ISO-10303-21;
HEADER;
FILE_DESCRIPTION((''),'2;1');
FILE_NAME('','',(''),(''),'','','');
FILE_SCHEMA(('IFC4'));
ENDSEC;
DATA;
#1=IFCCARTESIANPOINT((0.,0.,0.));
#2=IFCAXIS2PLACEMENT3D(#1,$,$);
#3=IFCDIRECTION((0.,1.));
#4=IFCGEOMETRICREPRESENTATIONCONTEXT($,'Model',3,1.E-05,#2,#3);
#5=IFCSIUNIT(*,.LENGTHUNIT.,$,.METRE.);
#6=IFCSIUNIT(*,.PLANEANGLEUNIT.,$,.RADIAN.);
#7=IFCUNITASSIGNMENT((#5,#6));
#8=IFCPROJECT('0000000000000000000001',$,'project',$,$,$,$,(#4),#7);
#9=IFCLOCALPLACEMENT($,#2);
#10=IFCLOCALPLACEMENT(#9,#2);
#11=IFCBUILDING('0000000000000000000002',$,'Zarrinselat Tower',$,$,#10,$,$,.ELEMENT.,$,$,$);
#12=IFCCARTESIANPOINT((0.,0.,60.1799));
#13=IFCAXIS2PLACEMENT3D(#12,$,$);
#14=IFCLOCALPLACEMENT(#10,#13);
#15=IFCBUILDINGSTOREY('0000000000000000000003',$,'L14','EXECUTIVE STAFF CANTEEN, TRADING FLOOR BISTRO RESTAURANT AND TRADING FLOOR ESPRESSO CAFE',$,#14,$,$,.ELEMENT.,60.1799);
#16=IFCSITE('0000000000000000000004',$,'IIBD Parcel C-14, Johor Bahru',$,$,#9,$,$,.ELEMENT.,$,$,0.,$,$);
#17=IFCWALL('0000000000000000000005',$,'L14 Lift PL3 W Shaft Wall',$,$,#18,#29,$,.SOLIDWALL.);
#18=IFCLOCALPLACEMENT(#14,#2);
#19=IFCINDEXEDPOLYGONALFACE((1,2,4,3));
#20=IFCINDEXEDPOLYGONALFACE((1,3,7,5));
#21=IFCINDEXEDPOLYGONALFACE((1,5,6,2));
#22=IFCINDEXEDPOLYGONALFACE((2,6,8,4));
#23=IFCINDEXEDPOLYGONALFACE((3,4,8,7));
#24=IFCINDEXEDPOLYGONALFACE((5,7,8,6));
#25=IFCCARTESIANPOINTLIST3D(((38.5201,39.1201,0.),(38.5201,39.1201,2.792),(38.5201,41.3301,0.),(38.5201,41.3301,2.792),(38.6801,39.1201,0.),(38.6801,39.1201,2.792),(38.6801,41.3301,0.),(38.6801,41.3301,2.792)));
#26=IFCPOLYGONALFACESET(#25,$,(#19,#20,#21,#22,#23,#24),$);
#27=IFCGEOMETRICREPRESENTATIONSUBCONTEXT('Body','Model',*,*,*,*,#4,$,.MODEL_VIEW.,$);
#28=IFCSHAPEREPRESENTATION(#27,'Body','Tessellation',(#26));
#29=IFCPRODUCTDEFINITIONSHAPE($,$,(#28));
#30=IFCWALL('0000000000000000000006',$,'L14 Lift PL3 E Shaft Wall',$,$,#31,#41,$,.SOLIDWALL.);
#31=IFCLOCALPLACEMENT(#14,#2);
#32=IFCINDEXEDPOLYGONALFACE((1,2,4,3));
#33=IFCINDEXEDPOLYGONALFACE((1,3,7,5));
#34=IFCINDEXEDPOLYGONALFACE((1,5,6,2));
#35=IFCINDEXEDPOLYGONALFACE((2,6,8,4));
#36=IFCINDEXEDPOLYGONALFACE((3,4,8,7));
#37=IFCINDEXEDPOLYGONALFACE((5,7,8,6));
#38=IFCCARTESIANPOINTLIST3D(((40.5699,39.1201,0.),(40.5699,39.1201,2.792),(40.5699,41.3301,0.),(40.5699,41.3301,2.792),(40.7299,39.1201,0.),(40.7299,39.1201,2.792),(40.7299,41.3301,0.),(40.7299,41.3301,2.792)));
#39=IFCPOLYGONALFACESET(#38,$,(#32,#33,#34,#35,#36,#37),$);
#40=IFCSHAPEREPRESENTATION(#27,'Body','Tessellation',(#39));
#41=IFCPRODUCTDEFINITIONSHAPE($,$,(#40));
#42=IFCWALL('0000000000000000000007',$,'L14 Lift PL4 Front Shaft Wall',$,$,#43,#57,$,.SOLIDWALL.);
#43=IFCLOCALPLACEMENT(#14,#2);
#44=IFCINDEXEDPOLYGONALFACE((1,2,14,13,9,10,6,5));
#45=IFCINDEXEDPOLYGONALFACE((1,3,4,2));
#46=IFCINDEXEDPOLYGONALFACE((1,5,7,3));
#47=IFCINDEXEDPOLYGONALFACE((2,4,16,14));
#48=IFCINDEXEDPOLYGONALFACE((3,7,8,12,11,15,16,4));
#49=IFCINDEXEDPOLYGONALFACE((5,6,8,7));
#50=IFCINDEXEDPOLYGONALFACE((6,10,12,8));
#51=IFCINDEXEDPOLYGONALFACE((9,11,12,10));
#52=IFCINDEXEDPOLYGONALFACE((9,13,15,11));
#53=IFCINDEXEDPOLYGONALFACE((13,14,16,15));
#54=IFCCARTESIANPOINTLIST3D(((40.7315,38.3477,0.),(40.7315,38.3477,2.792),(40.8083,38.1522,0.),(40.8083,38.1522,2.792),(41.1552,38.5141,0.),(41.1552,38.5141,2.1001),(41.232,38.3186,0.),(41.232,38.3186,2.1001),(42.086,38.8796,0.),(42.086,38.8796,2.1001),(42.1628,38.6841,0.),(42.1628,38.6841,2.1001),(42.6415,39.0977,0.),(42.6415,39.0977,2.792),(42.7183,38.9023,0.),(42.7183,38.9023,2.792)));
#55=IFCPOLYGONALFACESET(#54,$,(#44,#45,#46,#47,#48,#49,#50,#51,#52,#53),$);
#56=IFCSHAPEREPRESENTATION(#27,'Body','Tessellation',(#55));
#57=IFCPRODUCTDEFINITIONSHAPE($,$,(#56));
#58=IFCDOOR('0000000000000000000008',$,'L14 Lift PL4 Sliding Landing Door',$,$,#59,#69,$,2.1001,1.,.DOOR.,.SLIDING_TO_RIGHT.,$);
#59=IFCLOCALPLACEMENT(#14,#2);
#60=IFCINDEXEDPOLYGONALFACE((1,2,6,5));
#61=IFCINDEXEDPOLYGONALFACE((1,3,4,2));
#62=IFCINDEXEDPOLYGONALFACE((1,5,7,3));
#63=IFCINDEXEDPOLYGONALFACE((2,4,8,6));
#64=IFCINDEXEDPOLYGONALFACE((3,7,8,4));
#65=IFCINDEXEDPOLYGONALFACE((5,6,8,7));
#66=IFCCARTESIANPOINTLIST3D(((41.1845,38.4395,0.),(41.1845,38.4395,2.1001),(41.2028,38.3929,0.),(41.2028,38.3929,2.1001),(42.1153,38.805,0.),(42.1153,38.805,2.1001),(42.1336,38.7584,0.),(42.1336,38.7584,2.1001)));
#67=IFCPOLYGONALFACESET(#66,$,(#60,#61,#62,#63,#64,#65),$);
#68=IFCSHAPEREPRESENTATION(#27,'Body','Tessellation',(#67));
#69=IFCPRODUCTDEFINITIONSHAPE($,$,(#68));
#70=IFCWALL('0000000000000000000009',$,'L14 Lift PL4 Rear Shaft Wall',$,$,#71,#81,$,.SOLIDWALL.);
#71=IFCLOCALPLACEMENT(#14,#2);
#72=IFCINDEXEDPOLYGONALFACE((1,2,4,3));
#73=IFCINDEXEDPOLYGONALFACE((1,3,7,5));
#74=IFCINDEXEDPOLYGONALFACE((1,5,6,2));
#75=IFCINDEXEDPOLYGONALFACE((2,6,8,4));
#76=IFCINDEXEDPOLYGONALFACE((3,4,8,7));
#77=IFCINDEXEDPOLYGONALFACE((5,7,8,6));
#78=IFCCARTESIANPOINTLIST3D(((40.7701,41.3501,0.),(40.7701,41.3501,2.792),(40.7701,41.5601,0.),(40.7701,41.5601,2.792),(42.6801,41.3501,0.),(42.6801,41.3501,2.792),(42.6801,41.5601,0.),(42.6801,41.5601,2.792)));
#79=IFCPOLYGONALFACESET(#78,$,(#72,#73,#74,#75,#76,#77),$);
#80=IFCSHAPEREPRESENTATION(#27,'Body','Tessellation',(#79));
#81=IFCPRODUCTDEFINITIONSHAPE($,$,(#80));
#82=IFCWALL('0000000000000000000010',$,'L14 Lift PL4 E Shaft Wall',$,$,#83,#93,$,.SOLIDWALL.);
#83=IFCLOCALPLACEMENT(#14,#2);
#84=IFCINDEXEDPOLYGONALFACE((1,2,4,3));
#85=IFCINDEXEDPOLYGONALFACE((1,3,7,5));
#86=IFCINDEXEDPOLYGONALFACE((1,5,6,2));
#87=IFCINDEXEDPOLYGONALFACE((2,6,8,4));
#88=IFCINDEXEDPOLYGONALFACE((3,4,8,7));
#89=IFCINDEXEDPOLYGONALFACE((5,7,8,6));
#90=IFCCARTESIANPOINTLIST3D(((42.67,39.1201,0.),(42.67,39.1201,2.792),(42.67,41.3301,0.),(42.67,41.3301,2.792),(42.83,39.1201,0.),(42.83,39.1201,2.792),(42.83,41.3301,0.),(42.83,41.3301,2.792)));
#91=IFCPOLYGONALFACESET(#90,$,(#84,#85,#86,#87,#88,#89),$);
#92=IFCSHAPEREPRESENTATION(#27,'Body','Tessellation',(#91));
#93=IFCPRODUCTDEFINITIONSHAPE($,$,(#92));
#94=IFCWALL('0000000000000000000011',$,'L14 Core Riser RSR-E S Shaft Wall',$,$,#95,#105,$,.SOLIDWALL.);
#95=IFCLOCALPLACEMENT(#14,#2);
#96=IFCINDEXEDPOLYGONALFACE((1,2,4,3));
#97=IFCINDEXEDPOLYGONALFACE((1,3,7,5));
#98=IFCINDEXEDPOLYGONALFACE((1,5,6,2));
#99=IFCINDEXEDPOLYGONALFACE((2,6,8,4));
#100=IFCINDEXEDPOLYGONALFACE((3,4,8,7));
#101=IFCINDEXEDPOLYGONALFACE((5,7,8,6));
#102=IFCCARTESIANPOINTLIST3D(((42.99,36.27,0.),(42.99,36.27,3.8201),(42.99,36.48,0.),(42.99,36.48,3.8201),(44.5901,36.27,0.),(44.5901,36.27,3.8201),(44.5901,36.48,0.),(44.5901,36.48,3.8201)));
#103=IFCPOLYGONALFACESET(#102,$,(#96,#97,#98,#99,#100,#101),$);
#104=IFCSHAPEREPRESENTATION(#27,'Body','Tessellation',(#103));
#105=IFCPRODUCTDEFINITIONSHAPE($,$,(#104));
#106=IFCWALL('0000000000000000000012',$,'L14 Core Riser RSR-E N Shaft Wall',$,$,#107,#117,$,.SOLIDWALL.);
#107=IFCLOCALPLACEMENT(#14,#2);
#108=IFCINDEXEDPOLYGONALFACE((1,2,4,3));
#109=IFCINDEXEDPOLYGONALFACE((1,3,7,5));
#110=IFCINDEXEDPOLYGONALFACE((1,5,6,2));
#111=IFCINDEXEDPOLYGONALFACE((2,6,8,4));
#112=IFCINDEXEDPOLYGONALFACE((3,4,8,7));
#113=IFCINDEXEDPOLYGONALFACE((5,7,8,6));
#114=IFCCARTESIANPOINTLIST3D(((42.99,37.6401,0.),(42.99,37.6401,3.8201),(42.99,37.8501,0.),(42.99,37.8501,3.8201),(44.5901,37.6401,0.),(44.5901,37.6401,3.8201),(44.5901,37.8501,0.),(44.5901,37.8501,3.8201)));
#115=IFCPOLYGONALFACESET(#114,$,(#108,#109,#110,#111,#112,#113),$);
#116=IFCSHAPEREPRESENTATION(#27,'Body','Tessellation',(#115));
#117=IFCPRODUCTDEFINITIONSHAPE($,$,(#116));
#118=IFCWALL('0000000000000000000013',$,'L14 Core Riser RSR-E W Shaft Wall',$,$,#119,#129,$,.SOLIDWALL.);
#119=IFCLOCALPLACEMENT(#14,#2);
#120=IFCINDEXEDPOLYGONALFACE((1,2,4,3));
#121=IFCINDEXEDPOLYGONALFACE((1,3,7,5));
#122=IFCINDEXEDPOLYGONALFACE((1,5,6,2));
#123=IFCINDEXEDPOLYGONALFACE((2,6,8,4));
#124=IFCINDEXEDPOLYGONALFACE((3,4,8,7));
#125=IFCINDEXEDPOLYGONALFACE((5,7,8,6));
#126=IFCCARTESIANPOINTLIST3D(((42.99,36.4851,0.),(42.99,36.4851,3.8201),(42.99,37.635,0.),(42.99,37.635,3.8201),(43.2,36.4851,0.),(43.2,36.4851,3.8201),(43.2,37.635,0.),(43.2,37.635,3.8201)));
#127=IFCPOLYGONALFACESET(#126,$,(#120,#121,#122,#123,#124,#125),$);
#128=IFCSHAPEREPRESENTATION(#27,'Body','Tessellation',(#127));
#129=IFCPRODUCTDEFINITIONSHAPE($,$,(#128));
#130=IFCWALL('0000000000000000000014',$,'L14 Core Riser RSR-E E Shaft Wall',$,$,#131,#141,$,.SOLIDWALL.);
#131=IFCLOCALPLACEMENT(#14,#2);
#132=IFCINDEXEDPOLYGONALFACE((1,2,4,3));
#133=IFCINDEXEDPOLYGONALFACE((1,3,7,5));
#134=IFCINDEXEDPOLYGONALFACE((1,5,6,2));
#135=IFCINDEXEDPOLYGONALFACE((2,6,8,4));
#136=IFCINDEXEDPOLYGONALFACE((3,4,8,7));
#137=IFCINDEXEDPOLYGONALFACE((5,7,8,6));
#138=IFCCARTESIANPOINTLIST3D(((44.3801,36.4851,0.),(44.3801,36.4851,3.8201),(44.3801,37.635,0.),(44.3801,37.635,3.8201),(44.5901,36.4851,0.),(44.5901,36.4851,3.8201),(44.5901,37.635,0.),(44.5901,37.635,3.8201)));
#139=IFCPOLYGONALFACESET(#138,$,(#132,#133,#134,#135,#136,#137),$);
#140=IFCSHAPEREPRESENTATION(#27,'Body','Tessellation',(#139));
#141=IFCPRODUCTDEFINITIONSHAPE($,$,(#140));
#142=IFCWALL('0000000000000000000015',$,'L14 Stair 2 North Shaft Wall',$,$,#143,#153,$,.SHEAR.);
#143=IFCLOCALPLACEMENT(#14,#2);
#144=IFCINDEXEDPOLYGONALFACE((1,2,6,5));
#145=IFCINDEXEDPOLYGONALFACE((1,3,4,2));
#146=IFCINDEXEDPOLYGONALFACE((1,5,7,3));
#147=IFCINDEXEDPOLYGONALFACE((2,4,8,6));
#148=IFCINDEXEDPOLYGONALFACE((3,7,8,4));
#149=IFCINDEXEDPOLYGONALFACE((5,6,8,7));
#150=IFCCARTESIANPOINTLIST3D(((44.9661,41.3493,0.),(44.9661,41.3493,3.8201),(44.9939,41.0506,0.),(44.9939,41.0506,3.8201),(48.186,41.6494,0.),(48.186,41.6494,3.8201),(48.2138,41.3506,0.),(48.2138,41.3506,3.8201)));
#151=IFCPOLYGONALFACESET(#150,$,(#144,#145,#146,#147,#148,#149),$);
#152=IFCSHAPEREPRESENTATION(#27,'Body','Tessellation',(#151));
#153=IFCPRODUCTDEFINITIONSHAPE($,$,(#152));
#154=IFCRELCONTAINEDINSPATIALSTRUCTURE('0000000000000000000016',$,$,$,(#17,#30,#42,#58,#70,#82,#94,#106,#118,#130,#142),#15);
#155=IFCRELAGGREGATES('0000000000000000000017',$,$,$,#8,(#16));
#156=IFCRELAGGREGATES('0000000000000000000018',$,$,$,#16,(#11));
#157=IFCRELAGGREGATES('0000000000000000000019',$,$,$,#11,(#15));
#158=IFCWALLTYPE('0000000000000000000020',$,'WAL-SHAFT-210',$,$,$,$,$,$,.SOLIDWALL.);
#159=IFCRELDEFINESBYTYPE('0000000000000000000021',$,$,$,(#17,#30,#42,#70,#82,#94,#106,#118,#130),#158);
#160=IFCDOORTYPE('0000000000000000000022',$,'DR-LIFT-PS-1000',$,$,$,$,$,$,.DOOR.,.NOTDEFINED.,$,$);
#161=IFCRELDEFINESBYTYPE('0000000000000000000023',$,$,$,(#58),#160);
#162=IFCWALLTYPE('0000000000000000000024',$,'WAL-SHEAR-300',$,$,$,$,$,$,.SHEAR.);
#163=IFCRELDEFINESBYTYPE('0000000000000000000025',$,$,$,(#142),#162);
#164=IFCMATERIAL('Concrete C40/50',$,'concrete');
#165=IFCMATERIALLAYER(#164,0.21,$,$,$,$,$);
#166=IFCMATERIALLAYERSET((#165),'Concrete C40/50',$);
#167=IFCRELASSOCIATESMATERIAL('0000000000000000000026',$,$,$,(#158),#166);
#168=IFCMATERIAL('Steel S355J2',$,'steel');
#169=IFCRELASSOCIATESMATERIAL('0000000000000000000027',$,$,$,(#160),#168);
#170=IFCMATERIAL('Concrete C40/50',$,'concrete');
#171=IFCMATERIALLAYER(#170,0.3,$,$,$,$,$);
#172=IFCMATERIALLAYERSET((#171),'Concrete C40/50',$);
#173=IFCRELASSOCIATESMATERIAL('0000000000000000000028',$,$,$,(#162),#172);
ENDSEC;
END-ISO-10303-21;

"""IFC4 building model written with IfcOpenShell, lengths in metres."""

from ifc_helpers import new_model, si_unit, direction, frame, frame_2d, origin, place, context, subcontext, project, spatial, rectangle, extrude, material, layer, layer_set, type_object, element, fill, save


model = new_model("IFC4")

# Units and contexts
model_context = context("Model", 3, precision=1e-05, world=origin(), true_north=direction((0.0, 1.0)))
body_context = subcontext(model_context, "Body", "Model", "MODEL_VIEW")
ifc_project = project(units=[si_unit("LENGTHUNIT", "METRE"), si_unit("PLANEANGLEUNIT", "RADIAN")], contexts=[model_context])

# Site, building, storey
site_placement = place(None, origin())
site = spatial("IfcSite", under=ifc_project, at=site_placement, Name="IIBD Parcel C-14, Johor Bahru", CompositionType="ELEMENT", RefElevation=0.0)
building_placement = place(site_placement, origin())
building = spatial("IfcBuilding", under=site, at=building_placement, Name="Zarrinselat Tower", CompositionType="ELEMENT")
storey_placement = place(building_placement, frame((0.0, 0.0, 60.1799)))
storey = spatial("IfcBuildingStorey", under=building, at=storey_placement, Name="L14", Description="EXECUTIVE STAFF CANTEEN, TRADING FLOOR BISTRO RESTAURANT AND TRADING FLOOR ESPRESSO CAFE", CompositionType="ELEMENT", Elevation=60.1799)

# Shared definitions
ifc_material_1 = material(Name="Concrete C40/50", Category="concrete")
ifc_layer_1 = layer(ifc_material_1, 0.21)
ifc_layer_set_1 = layer_set([ifc_layer_1], Name="Concrete C40/50")
wall_type_1 = type_object("IfcWallType", Name="WAL-SHAFT-210", PredefinedType="SOLIDWALL", material=ifc_layer_set_1)

# Shared definitions
ifc_material_2 = material(Name="Steel S355J2", Category="steel")
door_type_1 = type_object("IfcDoorType", Name="DR-LIFT-PS-1000", OperationType="NOTDEFINED", PredefinedType="DOOR", material=ifc_material_2)

# Walls
for number, where, z_axis, x_axis, name in (
    (1, (38.6001, 39.1201, 0.0), (0.0, 0.0, 1.0), (0.0, 1.0, 0.0), "L14 Lift PL3 W Shaft Wall"),
    (2, (40.6499, 39.1201, 0.0), (0.0, 0.0, 1.0), (0.0, 1.0, 0.0), "L14 Lift PL3 E Shaft Wall"),
):
    element("IfcWall", number, at=place(storey_placement, frame(where, z_axis=z_axis, x_axis=x_axis)), inside=storey, type_object=wall_type_1, Name=name, PredefinedType="SOLIDWALL", context=body_context, shape_type="SweptSolid", body=[
        extrude(rectangle(XDim=2.21, YDim=0.1599, at=frame_2d((1.105, 0.0))), origin(), (0.0, 0.0, 1.0), 2.792),
    ])

# Wall, opening, door
wall_1_placement = place(storey_placement, frame((40.77, 38.25, 0.0), z_axis=(0.0, 0.0, 1.0), x_axis=(0.930805, 0.365516, 0.0)))
wall_1 = element("IfcWall", 3, at=wall_1_placement, inside=storey, type_object=wall_type_1, Name="L14 Lift PL4 Front Shaft Wall", PredefinedType="SOLIDWALL", context=body_context, shape_type="SweptSolid", body=[
    extrude(rectangle(XDim=2.052, YDim=0.21, at=frame_2d((1.0259, 0.0))), origin(), (0.0, 0.0, 1.0), 2.792),
])
opening_1_placement = place(wall_1_placement, frame((0.4551, 0.0, 0.0)))
opening_1 = element("IfcOpeningElement", 4, at=opening_1_placement, cuts=wall_1, PredefinedType="OPENING", context=body_context, shape_type="SweptSolid", body=[
    extrude(rectangle(XDim=1.0, YDim=2.1001, at=frame_2d((0.5, 1.05))), frame((0.0, 0.115, 0.0), z_axis=(0.0, -1.0, 0.0), x_axis=(1.0, 0.0, 0.0)), (0.0, 0.0, 1.0), 0.23),
])
door_1_placement = place(opening_1_placement, origin())
door_1 = element("IfcDoor", 5, at=door_1_placement, inside=storey, type_object=door_type_1, Name="L14 Lift PL4 Sliding Landing Door", OperationType="SLIDING_TO_RIGHT", OverallHeight=2.1001, OverallWidth=1.0, PredefinedType="DOOR", context=body_context, shape_type="SweptSolid", body=[
    extrude(rectangle(XDim=1.0, YDim=2.1001, at=frame_2d((0.5, 1.05))), frame((0.0, 0.0249, 0.0), z_axis=(0.0, -1.0, 0.0), x_axis=(1.0, 0.0, 0.0)), (0.0, 0.0, 1.0), 0.05),
])
fill(opening_1, door_1)

# Walls
wall_2_placement = place(storey_placement, frame((40.77, 41.4551, 0.0), z_axis=(0.0, 0.0, 1.0), x_axis=(1.0, 0.0, 0.0)))
element("IfcWall", 6, at=wall_2_placement, inside=storey, type_object=wall_type_1, Name="L14 Lift PL4 Rear Shaft Wall", PredefinedType="SOLIDWALL", context=body_context, shape_type="SweptSolid", body=[
    extrude(rectangle(XDim=1.9099, YDim=0.21, at=frame_2d((0.9551, 0.0))), origin(), (0.0, 0.0, 1.0), 2.792),
])
wall_3_placement = place(storey_placement, frame((42.75, 39.1201, 0.0), z_axis=(0.0, 0.0, 1.0), x_axis=(0.0, 1.0, 0.0)))
element("IfcWall", 7, at=wall_3_placement, inside=storey, type_object=wall_type_1, Name="L14 Lift PL4 E Shaft Wall", PredefinedType="SOLIDWALL", context=body_context, shape_type="SweptSolid", body=[
    extrude(rectangle(XDim=2.21, YDim=0.1599, at=frame_2d((1.105, 0.0))), origin(), (0.0, 0.0, 1.0), 2.792),
])
for number, where, z_axis, x_axis, name in (
    (8, (42.99, 36.375, 0.0), (0.0, 0.0, 1.0), (1.0, 0.0, 0.0), "L14 Core Riser RSR-E S Shaft Wall"),
    (9, (42.99, 37.7451, 0.0), (0.0, 0.0, 1.0), (1.0, 0.0, 0.0), "L14 Core Riser RSR-E N Shaft Wall"),
):
    element("IfcWall", number, at=place(storey_placement, frame(where, z_axis=z_axis, x_axis=x_axis)), inside=storey, type_object=wall_type_1, Name=name, PredefinedType="SOLIDWALL", context=body_context, shape_type="SweptSolid", body=[
        extrude(rectangle(XDim=1.6001, YDim=0.21, at=frame_2d((0.8, 0.0))), origin(), (0.0, 0.0, 1.0), 3.8201),
    ])
for number, where, z_axis, x_axis, name in (
    (10, (43.095, 36.4851, 0.0), (0.0, 0.0, 1.0), (0.0, 1.0, 0.0), "L14 Core Riser RSR-E W Shaft Wall"),
    (11, (44.4851, 36.4851, 0.0), (0.0, 0.0, 1.0), (0.0, 1.0, 0.0), "L14 Core Riser RSR-E E Shaft Wall"),
):
    element("IfcWall", number, at=place(storey_placement, frame(where, z_axis=z_axis, x_axis=x_axis)), inside=storey, type_object=wall_type_1, Name=name, PredefinedType="SOLIDWALL", context=body_context, shape_type="SweptSolid", body=[
        extrude(rectangle(XDim=1.1499, YDim=0.21, at=frame_2d((0.575, 0.0))), origin(), (0.0, 0.0, 1.0), 3.8201),
    ])
ifc_material_3 = material(Name="Concrete C40/50", Category="concrete")
ifc_layer_2 = layer(ifc_material_3, 0.3)
ifc_layer_set_2 = layer_set([ifc_layer_2], Name="Concrete C40/50")
wall_type_2 = type_object("IfcWallType", Name="WAL-SHEAR-300", PredefinedType="SHEAR", material=ifc_layer_set_2)
wall_4_placement = place(storey_placement, frame((44.98, 41.2, 0.0), z_axis=(0.0, 0.0, 1.0), x_axis=(0.995686, 0.092782, 0.0)))
element("IfcWall", 12, at=wall_4_placement, inside=storey, type_object=wall_type_2, Name="L14 Stair 2 North Shaft Wall", PredefinedType="SHEAR", context=body_context, shape_type="SweptSolid", body=[
    extrude(rectangle(XDim=3.2339, YDim=0.3, at=frame_2d((1.6169, 0.0))), origin(), (0.0, 0.0, 1.0), 3.8201),
])

save(model, "model.ifc")
